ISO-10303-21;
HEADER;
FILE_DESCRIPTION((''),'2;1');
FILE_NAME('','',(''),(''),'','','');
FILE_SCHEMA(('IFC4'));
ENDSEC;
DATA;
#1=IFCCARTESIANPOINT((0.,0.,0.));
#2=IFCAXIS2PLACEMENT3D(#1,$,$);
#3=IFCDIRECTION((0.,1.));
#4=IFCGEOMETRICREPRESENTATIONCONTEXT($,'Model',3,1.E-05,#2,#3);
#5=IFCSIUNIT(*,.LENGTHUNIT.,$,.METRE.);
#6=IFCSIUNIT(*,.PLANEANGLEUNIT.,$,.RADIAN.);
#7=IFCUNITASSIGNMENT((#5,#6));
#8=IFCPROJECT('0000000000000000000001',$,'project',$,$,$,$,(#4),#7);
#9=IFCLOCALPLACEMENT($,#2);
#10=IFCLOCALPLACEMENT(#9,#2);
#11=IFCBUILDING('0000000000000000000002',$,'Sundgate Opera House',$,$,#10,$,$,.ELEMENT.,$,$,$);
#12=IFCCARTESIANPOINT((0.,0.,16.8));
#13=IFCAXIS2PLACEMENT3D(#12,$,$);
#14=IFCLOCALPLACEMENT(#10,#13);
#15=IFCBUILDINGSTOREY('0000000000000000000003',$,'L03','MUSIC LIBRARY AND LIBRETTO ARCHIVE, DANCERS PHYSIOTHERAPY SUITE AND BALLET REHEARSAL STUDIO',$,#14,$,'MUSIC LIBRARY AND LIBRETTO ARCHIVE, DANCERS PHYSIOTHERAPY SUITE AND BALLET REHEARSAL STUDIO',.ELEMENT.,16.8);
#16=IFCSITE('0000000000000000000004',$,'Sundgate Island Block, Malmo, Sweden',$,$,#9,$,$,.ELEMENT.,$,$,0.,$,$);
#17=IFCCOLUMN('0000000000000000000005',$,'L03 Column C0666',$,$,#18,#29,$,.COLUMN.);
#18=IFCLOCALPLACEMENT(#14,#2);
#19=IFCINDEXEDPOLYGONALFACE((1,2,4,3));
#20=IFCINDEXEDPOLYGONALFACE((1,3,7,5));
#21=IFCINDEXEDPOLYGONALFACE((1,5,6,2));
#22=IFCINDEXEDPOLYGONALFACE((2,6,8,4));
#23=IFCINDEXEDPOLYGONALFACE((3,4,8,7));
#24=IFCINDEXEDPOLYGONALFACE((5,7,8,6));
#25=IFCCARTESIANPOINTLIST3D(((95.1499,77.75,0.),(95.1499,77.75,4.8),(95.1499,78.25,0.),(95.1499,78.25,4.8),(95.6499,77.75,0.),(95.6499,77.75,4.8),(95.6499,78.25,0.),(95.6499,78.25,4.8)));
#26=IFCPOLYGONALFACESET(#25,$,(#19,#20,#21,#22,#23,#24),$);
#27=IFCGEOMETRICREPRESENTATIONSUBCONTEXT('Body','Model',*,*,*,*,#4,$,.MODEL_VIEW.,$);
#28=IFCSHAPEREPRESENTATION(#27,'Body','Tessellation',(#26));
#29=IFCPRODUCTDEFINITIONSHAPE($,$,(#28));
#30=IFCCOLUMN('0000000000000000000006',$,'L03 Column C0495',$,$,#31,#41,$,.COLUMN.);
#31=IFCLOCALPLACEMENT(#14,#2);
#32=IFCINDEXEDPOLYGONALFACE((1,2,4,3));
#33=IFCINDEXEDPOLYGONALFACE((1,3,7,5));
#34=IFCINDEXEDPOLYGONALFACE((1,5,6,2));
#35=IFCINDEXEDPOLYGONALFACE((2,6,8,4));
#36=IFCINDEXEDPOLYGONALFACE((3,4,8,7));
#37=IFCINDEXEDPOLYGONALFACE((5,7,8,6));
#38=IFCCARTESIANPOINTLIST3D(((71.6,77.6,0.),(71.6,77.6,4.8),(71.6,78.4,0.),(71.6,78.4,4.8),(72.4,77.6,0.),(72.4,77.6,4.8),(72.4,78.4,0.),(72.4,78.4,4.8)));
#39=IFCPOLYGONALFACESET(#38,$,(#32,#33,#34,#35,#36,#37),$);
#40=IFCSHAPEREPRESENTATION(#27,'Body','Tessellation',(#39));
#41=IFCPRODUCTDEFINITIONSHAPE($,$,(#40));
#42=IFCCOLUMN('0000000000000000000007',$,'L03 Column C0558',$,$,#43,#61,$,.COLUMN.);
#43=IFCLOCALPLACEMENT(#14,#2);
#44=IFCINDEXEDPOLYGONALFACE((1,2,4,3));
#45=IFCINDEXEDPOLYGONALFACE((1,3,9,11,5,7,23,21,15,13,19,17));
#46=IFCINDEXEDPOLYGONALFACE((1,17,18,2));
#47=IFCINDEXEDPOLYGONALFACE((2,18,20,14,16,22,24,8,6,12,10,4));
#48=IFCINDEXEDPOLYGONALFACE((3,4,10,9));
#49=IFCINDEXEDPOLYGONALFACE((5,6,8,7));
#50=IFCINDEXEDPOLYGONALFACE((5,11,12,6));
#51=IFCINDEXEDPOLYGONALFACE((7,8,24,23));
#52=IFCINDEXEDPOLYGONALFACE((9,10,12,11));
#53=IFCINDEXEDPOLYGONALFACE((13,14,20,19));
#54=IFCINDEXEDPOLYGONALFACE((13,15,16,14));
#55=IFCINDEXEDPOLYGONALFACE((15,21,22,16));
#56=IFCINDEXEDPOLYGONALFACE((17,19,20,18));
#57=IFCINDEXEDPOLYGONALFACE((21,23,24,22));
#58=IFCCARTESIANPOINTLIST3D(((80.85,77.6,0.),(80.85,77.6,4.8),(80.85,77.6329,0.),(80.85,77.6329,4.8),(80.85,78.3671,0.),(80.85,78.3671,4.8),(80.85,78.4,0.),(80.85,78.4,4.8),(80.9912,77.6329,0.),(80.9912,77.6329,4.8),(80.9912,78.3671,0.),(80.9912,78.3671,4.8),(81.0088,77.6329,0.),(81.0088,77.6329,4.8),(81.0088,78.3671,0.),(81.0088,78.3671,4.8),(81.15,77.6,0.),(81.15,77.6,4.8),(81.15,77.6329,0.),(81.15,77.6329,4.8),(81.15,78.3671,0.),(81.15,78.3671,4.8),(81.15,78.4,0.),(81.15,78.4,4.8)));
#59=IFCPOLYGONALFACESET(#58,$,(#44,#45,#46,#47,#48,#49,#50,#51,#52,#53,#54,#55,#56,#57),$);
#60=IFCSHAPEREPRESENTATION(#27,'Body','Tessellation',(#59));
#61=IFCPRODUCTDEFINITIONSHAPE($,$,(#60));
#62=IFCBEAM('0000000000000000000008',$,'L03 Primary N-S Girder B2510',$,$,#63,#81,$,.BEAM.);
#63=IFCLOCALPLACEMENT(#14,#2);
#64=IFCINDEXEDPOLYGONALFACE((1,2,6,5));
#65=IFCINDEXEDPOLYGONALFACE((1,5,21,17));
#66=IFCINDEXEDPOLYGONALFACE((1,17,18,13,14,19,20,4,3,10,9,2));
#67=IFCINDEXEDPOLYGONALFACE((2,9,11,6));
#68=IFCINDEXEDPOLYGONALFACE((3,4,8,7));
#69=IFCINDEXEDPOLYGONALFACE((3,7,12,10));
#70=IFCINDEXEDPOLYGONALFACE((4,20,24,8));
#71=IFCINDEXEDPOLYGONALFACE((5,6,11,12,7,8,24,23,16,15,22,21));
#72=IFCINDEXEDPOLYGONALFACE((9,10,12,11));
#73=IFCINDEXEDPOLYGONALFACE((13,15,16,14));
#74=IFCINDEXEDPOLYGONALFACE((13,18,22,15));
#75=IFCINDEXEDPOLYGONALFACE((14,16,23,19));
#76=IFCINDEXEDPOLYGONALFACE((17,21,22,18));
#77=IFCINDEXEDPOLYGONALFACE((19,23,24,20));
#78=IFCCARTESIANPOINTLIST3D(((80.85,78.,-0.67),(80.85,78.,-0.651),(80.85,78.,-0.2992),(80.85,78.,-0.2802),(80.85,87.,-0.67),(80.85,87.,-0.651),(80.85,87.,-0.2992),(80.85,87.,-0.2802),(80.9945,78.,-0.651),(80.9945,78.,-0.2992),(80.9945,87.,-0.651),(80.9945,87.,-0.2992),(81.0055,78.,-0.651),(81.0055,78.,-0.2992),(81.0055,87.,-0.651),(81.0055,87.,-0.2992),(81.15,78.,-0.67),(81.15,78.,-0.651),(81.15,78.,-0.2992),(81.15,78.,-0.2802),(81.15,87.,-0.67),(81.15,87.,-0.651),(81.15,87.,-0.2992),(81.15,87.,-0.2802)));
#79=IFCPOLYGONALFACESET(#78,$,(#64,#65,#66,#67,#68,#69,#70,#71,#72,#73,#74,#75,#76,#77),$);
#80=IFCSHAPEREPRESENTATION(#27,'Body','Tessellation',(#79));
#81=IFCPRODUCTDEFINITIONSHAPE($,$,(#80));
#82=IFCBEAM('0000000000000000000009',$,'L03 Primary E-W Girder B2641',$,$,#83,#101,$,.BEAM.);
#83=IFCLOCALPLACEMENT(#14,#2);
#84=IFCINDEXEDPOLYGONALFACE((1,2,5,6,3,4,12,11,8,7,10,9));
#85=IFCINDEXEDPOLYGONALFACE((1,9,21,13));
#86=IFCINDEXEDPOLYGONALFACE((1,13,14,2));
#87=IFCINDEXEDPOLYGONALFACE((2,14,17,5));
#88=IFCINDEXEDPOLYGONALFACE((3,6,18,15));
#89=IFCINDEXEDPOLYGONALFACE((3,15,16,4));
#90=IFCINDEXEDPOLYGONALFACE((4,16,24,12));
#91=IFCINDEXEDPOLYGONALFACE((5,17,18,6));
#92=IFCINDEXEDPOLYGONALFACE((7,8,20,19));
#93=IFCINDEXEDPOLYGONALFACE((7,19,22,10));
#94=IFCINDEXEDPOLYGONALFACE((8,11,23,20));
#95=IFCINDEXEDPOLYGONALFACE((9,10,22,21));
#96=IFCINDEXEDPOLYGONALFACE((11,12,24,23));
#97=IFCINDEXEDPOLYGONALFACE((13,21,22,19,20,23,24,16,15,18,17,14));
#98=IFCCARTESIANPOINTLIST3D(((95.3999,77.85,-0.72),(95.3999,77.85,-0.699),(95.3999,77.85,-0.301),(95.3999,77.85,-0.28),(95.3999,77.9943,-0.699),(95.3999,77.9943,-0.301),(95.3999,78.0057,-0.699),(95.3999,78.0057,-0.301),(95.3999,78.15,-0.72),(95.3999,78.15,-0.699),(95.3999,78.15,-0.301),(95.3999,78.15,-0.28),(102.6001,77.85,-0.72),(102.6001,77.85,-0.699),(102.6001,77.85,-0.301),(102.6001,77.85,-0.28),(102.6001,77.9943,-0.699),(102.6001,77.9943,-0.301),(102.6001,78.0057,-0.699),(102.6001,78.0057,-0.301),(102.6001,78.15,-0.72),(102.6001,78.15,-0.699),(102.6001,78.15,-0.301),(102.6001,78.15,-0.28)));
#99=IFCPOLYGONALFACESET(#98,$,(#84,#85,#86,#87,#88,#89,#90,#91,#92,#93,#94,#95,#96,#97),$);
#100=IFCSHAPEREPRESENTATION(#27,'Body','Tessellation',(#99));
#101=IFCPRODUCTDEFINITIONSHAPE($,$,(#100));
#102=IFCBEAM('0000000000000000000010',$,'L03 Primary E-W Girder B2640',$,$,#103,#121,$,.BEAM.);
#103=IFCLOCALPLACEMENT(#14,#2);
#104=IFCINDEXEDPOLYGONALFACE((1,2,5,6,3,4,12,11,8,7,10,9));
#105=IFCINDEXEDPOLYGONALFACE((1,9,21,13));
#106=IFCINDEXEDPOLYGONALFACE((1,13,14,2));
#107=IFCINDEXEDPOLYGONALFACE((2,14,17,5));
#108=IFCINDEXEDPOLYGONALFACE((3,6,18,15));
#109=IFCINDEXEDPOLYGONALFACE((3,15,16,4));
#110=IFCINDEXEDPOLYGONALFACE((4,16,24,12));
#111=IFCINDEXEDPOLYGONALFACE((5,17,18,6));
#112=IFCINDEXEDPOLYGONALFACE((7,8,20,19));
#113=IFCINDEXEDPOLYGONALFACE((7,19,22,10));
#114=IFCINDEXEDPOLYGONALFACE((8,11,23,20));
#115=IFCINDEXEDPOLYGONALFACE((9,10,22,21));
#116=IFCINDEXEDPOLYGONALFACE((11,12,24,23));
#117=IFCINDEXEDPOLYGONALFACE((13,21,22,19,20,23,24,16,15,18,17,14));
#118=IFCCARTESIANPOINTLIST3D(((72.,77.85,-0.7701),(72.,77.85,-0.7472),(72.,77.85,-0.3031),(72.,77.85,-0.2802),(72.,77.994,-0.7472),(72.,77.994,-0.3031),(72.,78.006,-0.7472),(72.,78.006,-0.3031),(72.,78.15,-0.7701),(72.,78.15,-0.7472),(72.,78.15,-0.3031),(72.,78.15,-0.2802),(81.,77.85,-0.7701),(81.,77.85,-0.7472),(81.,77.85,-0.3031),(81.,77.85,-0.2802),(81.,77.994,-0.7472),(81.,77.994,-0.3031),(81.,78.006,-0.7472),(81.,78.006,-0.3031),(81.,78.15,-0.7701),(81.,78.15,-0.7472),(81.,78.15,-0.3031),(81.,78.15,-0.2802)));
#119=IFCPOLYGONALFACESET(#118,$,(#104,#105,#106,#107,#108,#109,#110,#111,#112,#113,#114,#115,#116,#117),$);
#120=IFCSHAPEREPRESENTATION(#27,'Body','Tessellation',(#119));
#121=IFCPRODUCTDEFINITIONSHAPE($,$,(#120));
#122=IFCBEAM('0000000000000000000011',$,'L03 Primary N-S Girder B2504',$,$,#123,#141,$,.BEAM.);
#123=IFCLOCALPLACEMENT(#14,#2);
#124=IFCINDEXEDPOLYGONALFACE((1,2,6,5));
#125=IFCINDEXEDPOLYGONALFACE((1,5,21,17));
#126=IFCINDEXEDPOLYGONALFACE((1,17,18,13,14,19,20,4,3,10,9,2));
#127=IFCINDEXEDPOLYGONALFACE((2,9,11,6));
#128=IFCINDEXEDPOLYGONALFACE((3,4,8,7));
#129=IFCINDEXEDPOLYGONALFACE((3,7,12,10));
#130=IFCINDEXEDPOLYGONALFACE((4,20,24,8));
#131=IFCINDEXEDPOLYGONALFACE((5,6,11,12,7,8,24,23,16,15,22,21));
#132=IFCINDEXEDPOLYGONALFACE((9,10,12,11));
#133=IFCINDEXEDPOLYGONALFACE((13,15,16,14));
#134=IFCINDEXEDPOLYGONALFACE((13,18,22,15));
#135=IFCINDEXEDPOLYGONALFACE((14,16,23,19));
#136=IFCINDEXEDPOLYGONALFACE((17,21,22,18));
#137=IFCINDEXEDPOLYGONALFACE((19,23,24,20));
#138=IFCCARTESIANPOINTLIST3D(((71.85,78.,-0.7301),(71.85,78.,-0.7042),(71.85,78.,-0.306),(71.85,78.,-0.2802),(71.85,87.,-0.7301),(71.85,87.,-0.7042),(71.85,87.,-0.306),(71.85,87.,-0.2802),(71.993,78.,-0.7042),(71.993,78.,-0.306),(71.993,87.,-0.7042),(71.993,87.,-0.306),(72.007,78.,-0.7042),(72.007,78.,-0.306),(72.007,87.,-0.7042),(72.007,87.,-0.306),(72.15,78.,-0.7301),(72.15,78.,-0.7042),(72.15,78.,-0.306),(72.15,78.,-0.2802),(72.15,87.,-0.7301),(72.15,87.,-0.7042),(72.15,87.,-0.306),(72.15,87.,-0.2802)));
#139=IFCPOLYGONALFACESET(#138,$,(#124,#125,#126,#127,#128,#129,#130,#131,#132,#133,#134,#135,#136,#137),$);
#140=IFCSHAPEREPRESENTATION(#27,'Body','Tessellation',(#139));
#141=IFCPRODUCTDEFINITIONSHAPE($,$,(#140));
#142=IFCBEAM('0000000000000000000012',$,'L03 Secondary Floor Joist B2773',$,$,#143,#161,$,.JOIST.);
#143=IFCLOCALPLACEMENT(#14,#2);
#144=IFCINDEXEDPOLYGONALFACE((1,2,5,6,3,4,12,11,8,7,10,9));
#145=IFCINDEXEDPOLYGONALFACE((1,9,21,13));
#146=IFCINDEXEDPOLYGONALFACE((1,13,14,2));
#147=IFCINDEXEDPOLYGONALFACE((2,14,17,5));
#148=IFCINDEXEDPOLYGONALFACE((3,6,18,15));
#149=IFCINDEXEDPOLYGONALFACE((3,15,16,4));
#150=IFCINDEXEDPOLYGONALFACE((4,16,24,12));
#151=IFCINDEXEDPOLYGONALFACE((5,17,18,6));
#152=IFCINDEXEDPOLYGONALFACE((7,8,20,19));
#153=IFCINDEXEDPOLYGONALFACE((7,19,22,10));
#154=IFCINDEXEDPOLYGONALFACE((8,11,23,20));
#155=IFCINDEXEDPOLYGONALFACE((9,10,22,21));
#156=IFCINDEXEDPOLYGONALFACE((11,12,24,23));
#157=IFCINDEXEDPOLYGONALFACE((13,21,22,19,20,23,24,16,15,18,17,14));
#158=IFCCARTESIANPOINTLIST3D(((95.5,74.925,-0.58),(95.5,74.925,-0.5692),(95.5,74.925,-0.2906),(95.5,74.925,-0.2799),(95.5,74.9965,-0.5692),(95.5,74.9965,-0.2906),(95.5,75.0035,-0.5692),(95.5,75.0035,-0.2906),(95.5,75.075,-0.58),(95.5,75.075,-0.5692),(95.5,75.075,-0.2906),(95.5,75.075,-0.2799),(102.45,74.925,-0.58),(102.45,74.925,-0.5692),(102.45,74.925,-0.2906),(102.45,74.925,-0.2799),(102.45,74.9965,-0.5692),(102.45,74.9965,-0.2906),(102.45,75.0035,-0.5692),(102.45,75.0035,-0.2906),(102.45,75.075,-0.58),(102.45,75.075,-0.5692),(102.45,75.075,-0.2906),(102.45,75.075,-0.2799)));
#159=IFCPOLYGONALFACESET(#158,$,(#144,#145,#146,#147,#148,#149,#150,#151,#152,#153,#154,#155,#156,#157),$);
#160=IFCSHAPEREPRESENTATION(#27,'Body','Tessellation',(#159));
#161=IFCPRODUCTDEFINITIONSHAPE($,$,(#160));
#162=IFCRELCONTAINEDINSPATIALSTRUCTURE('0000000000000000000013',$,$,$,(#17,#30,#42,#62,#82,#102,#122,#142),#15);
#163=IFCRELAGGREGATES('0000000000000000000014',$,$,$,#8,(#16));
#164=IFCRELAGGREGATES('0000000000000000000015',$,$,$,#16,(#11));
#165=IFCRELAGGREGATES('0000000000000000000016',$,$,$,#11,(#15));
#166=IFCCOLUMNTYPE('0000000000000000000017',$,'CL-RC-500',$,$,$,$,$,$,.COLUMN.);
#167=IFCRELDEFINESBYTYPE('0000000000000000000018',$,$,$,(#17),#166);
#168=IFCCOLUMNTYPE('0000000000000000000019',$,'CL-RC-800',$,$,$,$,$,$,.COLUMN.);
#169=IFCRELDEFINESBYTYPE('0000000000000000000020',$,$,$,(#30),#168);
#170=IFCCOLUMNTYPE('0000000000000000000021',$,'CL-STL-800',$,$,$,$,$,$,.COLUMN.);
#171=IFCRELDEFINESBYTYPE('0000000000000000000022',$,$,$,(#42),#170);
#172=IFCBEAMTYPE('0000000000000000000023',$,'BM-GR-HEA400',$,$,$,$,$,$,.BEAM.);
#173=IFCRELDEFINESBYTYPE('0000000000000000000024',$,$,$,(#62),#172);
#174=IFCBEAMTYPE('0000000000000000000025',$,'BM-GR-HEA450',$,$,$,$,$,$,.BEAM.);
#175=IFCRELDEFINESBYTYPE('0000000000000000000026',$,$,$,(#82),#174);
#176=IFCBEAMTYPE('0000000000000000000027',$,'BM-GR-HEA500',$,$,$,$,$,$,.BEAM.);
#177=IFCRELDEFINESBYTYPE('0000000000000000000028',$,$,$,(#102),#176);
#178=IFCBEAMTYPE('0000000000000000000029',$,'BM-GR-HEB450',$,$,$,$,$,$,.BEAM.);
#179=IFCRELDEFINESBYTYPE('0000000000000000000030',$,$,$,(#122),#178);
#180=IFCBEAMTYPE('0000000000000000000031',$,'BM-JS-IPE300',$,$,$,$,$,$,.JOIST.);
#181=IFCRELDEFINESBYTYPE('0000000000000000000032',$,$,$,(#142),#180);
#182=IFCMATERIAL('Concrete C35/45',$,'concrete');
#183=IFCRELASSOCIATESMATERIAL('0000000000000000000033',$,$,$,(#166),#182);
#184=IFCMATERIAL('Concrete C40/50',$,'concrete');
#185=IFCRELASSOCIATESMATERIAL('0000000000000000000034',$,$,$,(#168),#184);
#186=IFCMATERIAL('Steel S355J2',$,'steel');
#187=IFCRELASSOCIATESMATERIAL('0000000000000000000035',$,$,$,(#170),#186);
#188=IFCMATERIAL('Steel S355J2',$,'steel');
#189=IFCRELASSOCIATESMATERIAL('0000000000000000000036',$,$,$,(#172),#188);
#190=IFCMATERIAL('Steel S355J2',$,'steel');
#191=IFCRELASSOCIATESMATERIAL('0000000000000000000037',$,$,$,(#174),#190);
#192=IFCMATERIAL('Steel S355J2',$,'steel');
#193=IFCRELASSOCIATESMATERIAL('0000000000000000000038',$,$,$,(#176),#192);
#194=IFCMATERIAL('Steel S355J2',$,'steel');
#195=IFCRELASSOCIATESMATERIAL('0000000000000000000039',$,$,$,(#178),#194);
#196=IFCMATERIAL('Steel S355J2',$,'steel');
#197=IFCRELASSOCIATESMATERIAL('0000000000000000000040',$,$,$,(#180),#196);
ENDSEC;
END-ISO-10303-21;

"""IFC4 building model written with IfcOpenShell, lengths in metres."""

from ifc_helpers import new_model, si_unit, direction, frame, origin, origin_2d, place, context, subcontext, project, spatial, rectangle, i_section, extrude, material, material_profile, profile_set, type_object, element, save


model = new_model("IFC4")

# Units and contexts
model_context = context("Model", 3, precision=1e-05, world=origin(), true_north=direction((0.0, 1.0)))
body_context = subcontext(model_context, "Body", "Model", "MODEL_VIEW")
ifc_project = project(units=[si_unit("LENGTHUNIT", "METRE"), si_unit("PLANEANGLEUNIT", "RADIAN")], contexts=[model_context])

# Site, building, storey
site_placement = place(None, origin())
site = spatial("IfcSite", under=ifc_project, at=site_placement, Name="Sundgate Island Block, Malmo, Sweden", CompositionType="ELEMENT", RefElevation=0.0)
building_placement = place(site_placement, origin())
building = spatial("IfcBuilding", under=site, at=building_placement, Name="Sundgate Opera House", CompositionType="ELEMENT")
storey_placement = place(building_placement, frame((0.0, 0.0, 16.8)))
storey = spatial("IfcBuildingStorey", under=building, at=storey_placement, Name="L03", Description="MUSIC LIBRARY AND LIBRETTO ARCHIVE, DANCERS PHYSIOTHERAPY SUITE AND BALLET REHEARSAL STUDIO", LongName="MUSIC LIBRARY AND LIBRETTO ARCHIVE, DANCERS PHYSIOTHERAPY SUITE AND BALLET REHEARSAL STUDIO", CompositionType="ELEMENT", Elevation=16.8)

# Columns
ifc_material_1 = material(Name="Concrete C35/45", Category="concrete")
ifc_material_profile_1 = material_profile(ifc_material_1, rectangle(XDim=0.5, YDim=0.5, at=origin_2d()), Name="RC 500x500")
ifc_profile_set_1 = profile_set([ifc_material_profile_1], Name="Concrete C35/45")
column_type_1 = type_object("IfcColumnType", Name="CL-RC-500", PredefinedType="COLUMN", material=ifc_profile_set_1)
column_1_placement = place(storey_placement, frame((95.3999, 78.0, 0.0), z_axis=(0.0, 0.0, 1.0), x_axis=(1.0, 0.0, 0.0)))
element("IfcColumn", 1, at=column_1_placement, inside=storey, type_object=column_type_1, Name="L03 Column C0666", PredefinedType="COLUMN", context=body_context, shape_type="SweptSolid", body=[
    extrude(rectangle(XDim=0.5, YDim=0.5, at=origin_2d()), origin(), (0.0, 0.0, 1.0), 4.8),
])
ifc_material_2 = material(Name="Concrete C40/50", Category="concrete")
ifc_material_profile_2 = material_profile(ifc_material_2, rectangle(XDim=0.8, YDim=0.8, at=origin_2d()), Name="RC 800x800")
ifc_profile_set_2 = profile_set([ifc_material_profile_2], Name="Concrete C40/50")
column_type_2 = type_object("IfcColumnType", Name="CL-RC-800", PredefinedType="COLUMN", material=ifc_profile_set_2)
column_2_placement = place(storey_placement, frame((72.0, 78.0, 0.0), z_axis=(0.0, 0.0, 1.0), x_axis=(1.0, 0.0, 0.0)))
element("IfcColumn", 2, at=column_2_placement, inside=storey, type_object=column_type_2, Name="L03 Column C0495", PredefinedType="COLUMN", context=body_context, shape_type="SweptSolid", body=[
    extrude(rectangle(XDim=0.8, YDim=0.8, at=origin_2d()), origin(), (0.0, 0.0, 1.0), 4.8),
])
ifc_material_3 = material(Name="Steel S355J2", Category="steel")
ifc_material_profile_3 = material_profile(ifc_material_3, i_section(OverallWidth=0.3, OverallDepth=0.8, WebThickness=0.0176, FlangeThickness=0.033, at=origin_2d()), Name="HEB 800")
ifc_profile_set_3 = profile_set([ifc_material_profile_3], Name="Steel S355J2")
column_type_3 = type_object("IfcColumnType", Name="CL-STL-800", PredefinedType="COLUMN", material=ifc_profile_set_3)
column_3_placement = place(storey_placement, frame((81.0, 78.0, 0.0), z_axis=(0.0, 0.0, 1.0), x_axis=(1.0, 0.0, 0.0)))
element("IfcColumn", 3, at=column_3_placement, inside=storey, type_object=column_type_3, Name="L03 Column C0558", PredefinedType="COLUMN", context=body_context, shape_type="SweptSolid", body=[
    extrude(i_section(OverallWidth=0.3, OverallDepth=0.8, WebThickness=0.0176, FlangeThickness=0.033, at=origin_2d()), origin(), (0.0, 0.0, 1.0), 4.8),
])

# Beams
ifc_material_4 = material(Name="Steel S355J2", Category="steel")
ifc_material_profile_4 = material_profile(ifc_material_4, i_section(OverallWidth=0.3, OverallDepth=0.3899, WebThickness=0.011, FlangeThickness=0.019, at=origin_2d()), Name="HEA 400")
ifc_profile_set_4 = profile_set([ifc_material_profile_4], Name="Steel S355J2")
beam_type_1 = type_object("IfcBeamType", Name="BM-GR-HEA400", PredefinedType="BEAM", material=ifc_profile_set_4)
beam_1_placement = place(storey_placement, frame((81.0, 78.0, -0.4751), z_axis=(0.0, 1.0, 0.0), x_axis=(-1.0, 0.0, 0.0)))
element("IfcBeam", 4, at=beam_1_placement, inside=storey, type_object=beam_type_1, Name="L03 Primary N-S Girder B2510", PredefinedType="BEAM", context=body_context, shape_type="SweptSolid", body=[
    extrude(i_section(OverallWidth=0.3, OverallDepth=0.3899, WebThickness=0.011, FlangeThickness=0.019, at=origin_2d()), origin(), (0.0, 0.0, 1.0), 9.0),
])
ifc_material_5 = material(Name="Steel S355J2", Category="steel")
ifc_material_profile_5 = material_profile(ifc_material_5, i_section(OverallWidth=0.3, OverallDepth=0.4399, WebThickness=0.0115, FlangeThickness=0.021, at=origin_2d()), Name="HEA 450")
ifc_profile_set_5 = profile_set([ifc_material_profile_5], Name="Steel S355J2")
beam_type_2 = type_object("IfcBeamType", Name="BM-GR-HEA450", PredefinedType="BEAM", material=ifc_profile_set_5)
beam_2_placement = place(storey_placement, frame((95.3999, 78.0, -0.5), z_axis=(1.0, 0.0, 0.0), x_axis=(0.0, 1.0, 0.0)))
element("IfcBeam", 5, at=beam_2_placement, inside=storey, type_object=beam_type_2, Name="L03 Primary E-W Girder B2641", PredefinedType="BEAM", context=body_context, shape_type="SweptSolid", body=[
    extrude(i_section(OverallWidth=0.3, OverallDepth=0.4399, WebThickness=0.0115, FlangeThickness=0.021, at=origin_2d()), origin(), (0.0, 0.0, 1.0), 7.2002),
])
ifc_material_6 = material(Name="Steel S355J2", Category="steel")
ifc_material_profile_6 = material_profile(ifc_material_6, i_section(OverallWidth=0.3, OverallDepth=0.49, WebThickness=0.012, FlangeThickness=0.0229, at=origin_2d()), Name="HEA 500")
ifc_profile_set_6 = profile_set([ifc_material_profile_6], Name="Steel S355J2")
beam_type_3 = type_object("IfcBeamType", Name="BM-GR-HEA500", PredefinedType="BEAM", material=ifc_profile_set_6)
beam_3_placement = place(storey_placement, frame((72.0, 78.0, -0.5251), z_axis=(1.0, 0.0, 0.0), x_axis=(0.0, 1.0, 0.0)))
element("IfcBeam", 6, at=beam_3_placement, inside=storey, type_object=beam_type_3, Name="L03 Primary E-W Girder B2640", PredefinedType="BEAM", context=body_context, shape_type="SweptSolid", body=[
    extrude(i_section(OverallWidth=0.3, OverallDepth=0.49, WebThickness=0.012, FlangeThickness=0.0229, at=origin_2d()), origin(), (0.0, 0.0, 1.0), 9.0),
])
ifc_material_7 = material(Name="Steel S355J2", Category="steel")
ifc_material_profile_7 = material_profile(ifc_material_7, i_section(OverallWidth=0.3, OverallDepth=0.45, WebThickness=0.0139, FlangeThickness=0.0259, at=origin_2d()), Name="HEB 450")
ifc_profile_set_7 = profile_set([ifc_material_profile_7], Name="Steel S355J2")
beam_type_4 = type_object("IfcBeamType", Name="BM-GR-HEB450", PredefinedType="BEAM", material=ifc_profile_set_7)
beam_4_placement = place(storey_placement, frame((72.0, 78.0, -0.5051), z_axis=(0.0, 1.0, 0.0), x_axis=(-1.0, 0.0, 0.0)))
element("IfcBeam", 7, at=beam_4_placement, inside=storey, type_object=beam_type_4, Name="L03 Primary N-S Girder B2504", PredefinedType="BEAM", context=body_context, shape_type="SweptSolid", body=[
    extrude(i_section(OverallWidth=0.3, OverallDepth=0.45, WebThickness=0.0139, FlangeThickness=0.0259, at=origin_2d()), origin(), (0.0, 0.0, 1.0), 9.0),
])
ifc_material_8 = material(Name="Steel S355J2", Category="steel")
ifc_material_profile_8 = material_profile(ifc_material_8, i_section(OverallWidth=0.1499, OverallDepth=0.3, WebThickness=0.0071, FlangeThickness=0.0107, at=origin_2d()), Name="IPE 300")
ifc_profile_set_8 = profile_set([ifc_material_profile_8], Name="Steel S355J2")
beam_type_5 = type_object("IfcBeamType", Name="BM-JS-IPE300", PredefinedType="JOIST", material=ifc_profile_set_8)
beam_5_placement = place(storey_placement, frame((95.5, 75.0, -0.4299), z_axis=(1.0, 0.0, 0.0), x_axis=(0.0, 1.0, 0.0)))
element("IfcBeam", 8, at=beam_5_placement, inside=storey, type_object=beam_type_5, Name="L03 Secondary Floor Joist B2773", PredefinedType="JOIST", context=body_context, shape_type="SweptSolid", body=[
    extrude(i_section(OverallWidth=0.1499, OverallDepth=0.3, WebThickness=0.0071, FlangeThickness=0.0107, at=origin_2d()), origin(), (0.0, 0.0, 1.0), 6.95),
])

save(model, "model.ifc")
